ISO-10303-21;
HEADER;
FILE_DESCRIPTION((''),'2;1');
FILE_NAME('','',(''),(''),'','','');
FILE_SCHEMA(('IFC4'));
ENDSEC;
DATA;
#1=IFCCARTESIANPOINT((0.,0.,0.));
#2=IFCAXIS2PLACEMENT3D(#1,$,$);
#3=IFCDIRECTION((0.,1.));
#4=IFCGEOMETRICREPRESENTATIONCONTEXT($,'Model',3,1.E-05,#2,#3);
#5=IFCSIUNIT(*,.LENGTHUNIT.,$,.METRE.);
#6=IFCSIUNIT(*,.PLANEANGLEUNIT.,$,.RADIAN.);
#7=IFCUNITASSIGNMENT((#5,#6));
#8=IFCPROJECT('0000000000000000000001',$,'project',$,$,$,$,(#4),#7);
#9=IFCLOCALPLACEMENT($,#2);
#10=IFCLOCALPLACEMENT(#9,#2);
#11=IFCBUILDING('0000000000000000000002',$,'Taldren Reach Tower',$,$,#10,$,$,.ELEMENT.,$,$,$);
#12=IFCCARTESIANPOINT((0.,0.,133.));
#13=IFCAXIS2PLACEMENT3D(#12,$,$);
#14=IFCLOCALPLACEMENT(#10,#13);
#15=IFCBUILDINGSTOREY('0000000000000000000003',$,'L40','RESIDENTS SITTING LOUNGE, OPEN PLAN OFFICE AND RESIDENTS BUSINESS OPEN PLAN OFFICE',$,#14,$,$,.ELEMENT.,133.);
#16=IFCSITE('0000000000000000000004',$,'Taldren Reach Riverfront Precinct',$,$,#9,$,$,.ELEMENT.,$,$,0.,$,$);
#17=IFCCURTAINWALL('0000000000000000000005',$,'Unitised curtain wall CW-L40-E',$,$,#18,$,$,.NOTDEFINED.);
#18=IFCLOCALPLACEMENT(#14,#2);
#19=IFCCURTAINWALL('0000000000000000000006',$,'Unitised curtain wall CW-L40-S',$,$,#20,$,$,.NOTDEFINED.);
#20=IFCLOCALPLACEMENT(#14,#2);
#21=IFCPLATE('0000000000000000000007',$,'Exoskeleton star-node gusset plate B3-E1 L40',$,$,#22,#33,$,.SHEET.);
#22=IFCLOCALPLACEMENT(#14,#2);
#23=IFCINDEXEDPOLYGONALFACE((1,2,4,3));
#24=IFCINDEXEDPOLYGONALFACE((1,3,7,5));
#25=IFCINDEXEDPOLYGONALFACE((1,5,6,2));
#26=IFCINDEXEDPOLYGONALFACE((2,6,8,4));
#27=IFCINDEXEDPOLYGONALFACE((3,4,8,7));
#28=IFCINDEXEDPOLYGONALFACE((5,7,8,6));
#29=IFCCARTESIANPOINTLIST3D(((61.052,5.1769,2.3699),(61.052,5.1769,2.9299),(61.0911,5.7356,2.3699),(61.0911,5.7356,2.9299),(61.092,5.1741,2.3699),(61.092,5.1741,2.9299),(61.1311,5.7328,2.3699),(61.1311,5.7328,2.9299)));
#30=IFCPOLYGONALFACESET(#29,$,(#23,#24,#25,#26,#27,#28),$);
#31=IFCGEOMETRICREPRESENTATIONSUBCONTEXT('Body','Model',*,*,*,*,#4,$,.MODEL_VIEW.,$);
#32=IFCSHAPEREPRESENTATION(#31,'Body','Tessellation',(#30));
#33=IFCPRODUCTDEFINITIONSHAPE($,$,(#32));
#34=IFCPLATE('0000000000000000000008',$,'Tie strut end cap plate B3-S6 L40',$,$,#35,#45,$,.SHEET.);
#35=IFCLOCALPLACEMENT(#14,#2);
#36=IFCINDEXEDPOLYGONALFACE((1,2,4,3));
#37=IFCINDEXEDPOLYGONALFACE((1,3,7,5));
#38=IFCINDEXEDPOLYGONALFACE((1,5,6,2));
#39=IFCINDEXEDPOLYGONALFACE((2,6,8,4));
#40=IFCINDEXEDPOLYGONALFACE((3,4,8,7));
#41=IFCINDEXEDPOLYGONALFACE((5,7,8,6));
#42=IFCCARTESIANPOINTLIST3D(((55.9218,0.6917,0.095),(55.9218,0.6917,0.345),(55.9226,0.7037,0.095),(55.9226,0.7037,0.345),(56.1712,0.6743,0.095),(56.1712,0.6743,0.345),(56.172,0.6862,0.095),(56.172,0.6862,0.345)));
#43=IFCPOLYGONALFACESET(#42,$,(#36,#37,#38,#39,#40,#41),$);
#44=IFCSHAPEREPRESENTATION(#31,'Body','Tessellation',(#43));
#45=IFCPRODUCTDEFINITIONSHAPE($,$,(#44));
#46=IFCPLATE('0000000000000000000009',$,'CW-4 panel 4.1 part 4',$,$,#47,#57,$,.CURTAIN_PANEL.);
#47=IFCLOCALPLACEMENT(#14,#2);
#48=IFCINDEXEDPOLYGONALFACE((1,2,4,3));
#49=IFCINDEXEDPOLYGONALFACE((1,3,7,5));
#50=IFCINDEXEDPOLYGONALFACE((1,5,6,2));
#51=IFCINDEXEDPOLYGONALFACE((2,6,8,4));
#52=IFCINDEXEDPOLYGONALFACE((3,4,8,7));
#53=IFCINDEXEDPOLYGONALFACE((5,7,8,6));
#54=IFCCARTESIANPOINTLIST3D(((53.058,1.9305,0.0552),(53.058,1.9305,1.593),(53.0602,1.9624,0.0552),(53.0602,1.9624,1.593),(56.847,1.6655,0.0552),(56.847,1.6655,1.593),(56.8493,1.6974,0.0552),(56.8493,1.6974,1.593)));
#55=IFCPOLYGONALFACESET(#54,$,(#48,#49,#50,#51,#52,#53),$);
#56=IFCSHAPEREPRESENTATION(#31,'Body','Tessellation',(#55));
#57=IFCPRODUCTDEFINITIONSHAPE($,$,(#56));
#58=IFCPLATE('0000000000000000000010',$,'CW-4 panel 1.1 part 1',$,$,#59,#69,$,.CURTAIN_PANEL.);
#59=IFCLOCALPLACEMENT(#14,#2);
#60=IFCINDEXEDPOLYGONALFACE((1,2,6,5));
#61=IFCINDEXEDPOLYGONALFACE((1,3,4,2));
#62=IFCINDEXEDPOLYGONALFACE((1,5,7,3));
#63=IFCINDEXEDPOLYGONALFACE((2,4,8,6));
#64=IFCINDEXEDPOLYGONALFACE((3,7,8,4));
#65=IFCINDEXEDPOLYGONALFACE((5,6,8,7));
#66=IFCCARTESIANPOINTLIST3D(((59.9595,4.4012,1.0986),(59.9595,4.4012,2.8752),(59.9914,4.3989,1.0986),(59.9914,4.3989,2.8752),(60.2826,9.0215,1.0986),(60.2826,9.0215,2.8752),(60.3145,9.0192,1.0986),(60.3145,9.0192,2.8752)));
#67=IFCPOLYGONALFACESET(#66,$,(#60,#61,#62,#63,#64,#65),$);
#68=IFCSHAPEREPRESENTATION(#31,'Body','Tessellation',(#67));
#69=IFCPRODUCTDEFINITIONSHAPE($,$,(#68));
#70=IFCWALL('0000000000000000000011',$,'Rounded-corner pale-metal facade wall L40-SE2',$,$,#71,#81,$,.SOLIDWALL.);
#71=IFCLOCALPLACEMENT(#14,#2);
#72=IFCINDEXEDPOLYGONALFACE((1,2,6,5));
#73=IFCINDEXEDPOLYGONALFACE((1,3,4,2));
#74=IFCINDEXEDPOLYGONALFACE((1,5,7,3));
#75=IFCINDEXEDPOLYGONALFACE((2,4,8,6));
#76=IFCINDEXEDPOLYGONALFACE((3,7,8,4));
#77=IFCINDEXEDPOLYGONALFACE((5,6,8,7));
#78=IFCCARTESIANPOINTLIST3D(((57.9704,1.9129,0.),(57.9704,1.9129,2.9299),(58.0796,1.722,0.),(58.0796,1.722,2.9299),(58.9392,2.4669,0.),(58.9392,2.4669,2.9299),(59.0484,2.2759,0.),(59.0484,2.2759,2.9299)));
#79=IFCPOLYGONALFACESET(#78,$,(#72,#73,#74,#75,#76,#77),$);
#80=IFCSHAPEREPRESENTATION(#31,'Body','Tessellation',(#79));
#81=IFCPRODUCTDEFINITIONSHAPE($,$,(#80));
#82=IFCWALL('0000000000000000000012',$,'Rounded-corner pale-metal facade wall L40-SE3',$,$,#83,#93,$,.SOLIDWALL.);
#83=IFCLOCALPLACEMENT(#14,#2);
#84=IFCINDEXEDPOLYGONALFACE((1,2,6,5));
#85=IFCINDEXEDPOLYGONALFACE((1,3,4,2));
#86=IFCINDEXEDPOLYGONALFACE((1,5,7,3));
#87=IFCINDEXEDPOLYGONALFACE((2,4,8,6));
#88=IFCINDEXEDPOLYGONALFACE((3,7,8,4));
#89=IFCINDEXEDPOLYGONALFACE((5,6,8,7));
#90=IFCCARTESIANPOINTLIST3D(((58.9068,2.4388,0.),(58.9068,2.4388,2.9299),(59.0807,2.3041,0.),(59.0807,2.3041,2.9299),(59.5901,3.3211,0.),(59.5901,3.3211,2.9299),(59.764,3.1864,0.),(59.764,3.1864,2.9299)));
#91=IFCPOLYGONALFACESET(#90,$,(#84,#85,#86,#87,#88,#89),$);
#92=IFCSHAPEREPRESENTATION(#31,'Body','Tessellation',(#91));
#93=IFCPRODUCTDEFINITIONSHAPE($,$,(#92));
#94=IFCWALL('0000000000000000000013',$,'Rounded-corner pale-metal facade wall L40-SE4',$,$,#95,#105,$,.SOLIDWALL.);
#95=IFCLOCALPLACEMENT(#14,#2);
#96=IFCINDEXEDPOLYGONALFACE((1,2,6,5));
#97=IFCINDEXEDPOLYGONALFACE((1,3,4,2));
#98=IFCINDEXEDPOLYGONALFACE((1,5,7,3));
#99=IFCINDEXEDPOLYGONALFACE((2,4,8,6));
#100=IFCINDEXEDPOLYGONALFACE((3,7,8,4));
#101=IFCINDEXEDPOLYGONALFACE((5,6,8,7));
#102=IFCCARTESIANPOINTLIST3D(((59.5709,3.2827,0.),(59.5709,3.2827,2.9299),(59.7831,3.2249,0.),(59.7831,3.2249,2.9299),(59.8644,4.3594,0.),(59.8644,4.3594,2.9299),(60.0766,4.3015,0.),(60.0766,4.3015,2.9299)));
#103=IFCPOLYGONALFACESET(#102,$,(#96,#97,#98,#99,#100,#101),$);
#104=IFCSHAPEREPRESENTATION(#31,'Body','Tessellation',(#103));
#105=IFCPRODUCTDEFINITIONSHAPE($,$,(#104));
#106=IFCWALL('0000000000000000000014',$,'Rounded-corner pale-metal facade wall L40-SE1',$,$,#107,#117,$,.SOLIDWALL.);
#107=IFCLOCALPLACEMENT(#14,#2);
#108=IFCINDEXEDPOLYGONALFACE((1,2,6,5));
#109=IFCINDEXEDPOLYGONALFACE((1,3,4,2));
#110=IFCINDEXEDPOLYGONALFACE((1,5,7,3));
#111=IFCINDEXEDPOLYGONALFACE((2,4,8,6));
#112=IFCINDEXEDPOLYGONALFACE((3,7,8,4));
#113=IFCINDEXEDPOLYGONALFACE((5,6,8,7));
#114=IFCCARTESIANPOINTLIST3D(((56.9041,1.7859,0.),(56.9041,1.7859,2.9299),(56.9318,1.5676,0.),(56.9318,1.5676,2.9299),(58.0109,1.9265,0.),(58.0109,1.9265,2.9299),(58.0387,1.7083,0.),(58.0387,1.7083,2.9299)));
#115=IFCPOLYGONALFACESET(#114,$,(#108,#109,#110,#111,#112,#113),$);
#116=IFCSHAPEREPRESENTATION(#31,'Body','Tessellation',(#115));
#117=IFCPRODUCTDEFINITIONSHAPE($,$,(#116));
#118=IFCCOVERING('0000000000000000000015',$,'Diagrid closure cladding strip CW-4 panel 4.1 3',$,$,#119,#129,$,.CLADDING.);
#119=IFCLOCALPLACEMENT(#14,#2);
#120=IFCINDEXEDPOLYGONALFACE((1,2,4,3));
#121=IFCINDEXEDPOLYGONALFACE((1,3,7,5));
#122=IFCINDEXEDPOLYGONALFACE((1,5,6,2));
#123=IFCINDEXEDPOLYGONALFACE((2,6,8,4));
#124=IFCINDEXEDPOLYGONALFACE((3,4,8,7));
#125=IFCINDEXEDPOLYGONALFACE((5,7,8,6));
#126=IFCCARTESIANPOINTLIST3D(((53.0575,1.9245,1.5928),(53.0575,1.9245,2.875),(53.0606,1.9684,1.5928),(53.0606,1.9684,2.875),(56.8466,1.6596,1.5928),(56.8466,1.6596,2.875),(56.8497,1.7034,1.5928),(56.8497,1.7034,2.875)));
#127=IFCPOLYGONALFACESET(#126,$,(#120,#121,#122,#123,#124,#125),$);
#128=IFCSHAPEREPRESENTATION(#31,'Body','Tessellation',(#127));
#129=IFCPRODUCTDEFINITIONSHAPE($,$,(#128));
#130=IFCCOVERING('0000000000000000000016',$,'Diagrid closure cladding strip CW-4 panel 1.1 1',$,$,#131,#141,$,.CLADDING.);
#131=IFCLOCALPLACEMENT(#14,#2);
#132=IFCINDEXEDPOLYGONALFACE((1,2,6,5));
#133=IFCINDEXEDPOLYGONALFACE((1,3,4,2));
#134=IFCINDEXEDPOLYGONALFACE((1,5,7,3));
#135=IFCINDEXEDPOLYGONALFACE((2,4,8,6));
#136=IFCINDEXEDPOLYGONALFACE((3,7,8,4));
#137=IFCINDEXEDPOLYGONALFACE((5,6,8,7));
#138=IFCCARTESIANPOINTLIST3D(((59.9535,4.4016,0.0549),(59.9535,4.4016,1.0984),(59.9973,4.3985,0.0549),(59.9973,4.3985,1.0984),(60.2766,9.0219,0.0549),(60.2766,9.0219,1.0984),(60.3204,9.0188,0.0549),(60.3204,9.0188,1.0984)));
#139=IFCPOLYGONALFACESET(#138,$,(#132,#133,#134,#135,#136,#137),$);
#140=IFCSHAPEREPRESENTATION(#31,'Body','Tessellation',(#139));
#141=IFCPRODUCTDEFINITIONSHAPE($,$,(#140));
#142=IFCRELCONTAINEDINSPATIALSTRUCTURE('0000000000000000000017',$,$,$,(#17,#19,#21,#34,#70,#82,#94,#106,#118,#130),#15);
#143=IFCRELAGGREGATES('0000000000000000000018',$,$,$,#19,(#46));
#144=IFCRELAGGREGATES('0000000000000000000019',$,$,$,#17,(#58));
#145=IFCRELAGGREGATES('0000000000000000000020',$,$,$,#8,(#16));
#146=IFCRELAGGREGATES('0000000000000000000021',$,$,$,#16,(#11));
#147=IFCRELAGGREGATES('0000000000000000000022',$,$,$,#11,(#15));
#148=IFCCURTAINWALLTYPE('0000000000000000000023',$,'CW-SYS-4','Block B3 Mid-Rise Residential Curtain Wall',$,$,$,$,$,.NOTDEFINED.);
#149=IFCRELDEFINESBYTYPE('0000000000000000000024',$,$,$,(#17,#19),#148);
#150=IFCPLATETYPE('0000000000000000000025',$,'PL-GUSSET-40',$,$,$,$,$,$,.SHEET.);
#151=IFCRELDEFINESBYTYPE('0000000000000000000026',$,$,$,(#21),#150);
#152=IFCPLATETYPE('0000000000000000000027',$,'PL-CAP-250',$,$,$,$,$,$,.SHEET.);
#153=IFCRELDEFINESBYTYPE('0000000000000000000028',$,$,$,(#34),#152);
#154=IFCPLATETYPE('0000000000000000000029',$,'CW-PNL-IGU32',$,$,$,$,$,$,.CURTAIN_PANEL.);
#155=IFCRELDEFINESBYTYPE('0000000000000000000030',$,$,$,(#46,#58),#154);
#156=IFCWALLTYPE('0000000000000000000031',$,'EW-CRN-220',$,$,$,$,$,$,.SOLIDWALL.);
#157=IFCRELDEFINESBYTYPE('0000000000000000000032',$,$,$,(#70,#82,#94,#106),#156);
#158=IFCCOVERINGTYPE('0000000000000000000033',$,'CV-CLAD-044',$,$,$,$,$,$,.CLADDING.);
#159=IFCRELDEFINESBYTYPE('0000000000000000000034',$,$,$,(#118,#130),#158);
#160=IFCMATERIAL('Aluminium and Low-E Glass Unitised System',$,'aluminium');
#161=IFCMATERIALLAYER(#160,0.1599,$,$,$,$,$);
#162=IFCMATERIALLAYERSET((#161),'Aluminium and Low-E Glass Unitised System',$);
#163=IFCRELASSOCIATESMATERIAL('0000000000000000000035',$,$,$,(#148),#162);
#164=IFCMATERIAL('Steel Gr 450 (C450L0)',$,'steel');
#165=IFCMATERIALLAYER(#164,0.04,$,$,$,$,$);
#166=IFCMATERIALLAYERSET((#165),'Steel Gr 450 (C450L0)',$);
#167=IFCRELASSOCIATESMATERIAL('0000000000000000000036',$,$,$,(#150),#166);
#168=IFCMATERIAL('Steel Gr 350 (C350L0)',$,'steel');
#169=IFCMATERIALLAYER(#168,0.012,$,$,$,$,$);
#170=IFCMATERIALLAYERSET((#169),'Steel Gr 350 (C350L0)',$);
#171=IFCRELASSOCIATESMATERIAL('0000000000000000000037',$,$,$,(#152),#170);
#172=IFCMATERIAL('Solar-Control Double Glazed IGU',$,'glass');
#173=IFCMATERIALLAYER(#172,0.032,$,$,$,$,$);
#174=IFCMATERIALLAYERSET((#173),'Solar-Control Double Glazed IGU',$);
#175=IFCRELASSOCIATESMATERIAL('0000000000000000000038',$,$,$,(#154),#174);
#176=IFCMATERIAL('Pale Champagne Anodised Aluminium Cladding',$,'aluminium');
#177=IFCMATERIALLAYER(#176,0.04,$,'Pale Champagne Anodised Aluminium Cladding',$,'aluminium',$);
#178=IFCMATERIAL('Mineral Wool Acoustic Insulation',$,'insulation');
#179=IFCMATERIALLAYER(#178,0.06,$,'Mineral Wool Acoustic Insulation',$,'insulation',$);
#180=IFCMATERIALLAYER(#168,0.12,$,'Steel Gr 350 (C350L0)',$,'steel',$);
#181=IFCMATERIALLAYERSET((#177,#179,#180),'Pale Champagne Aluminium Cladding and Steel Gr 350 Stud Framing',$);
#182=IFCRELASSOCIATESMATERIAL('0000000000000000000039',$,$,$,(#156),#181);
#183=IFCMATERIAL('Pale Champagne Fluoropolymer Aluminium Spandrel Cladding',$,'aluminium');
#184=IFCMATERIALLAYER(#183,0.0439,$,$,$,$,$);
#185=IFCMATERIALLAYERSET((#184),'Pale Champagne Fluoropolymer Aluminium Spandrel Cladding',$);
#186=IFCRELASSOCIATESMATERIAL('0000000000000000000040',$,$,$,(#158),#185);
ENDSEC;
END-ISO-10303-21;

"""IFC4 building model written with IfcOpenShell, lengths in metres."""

from ifc_helpers import new_model, si_unit, direction, frame, frame_2d, origin, origin_2d, place, context, subcontext, project, spatial, rectangle, extrude, source, transform, mapped, material, layer, layer_set, type_object, element, aggregate, save


model = new_model("IFC4")

# Units and contexts
model_context = context("Model", 3, precision=1e-05, world=origin(), true_north=direction((0.0, 1.0)))
body_context = subcontext(model_context, "Body", "Model", "MODEL_VIEW")
ifc_project = project(units=[si_unit("LENGTHUNIT", "METRE"), si_unit("PLANEANGLEUNIT", "RADIAN")], contexts=[model_context])

# Site, building, storey
site_placement = place(None, origin())
site = spatial("IfcSite", under=ifc_project, at=site_placement, Name="Taldren Reach Riverfront Precinct", CompositionType="ELEMENT", RefElevation=0.0)
building_placement = place(site_placement, origin())
building = spatial("IfcBuilding", under=site, at=building_placement, Name="Taldren Reach Tower", CompositionType="ELEMENT")
storey_placement = place(building_placement, frame((0.0, 0.0, 133.0)))
storey = spatial("IfcBuildingStorey", under=building, at=storey_placement, Name="L40", Description="RESIDENTS SITTING LOUNGE, OPEN PLAN OFFICE AND RESIDENTS BUSINESS OPEN PLAN OFFICE", CompositionType="ELEMENT", Elevation=133.0)

# Shared definitions
ifc_material_1 = material(Name="Steel Gr 450 (C450L0)", Category="steel")

# Shared definitions
ifc_material_2 = material(Name="Steel Gr 350 (C350L0)", Category="steel")

# Curtain wall
ifc_material_3 = material(Name="Aluminium and Low-E Glass Unitised System", Category="aluminium")
ifc_layer_1 = layer(ifc_material_3, 0.1599)
ifc_layer_set_1 = layer_set([ifc_layer_1], Name="Aluminium and Low-E Glass Unitised System")
curtain_wall_type = type_object("IfcCurtainWallType", Name="CW-SYS-4", Description="Block B3 Mid-Rise Residential Curtain Wall", PredefinedType="NOTDEFINED", material=ifc_layer_set_1)
curtain_wall_1_placement = place(storey_placement, origin())
curtain_wall_1 = element("IfcCurtainWall", 1, at=curtain_wall_1_placement, inside=storey, type_object=curtain_wall_type, Name="Unitised curtain wall CW-L40-E", PredefinedType="NOTDEFINED")

# Curtain wall
curtain_wall_2_placement = place(storey_placement, origin())
curtain_wall_2 = element("IfcCurtainWall", 2, at=curtain_wall_2_placement, inside=storey, type_object=curtain_wall_type, Name="Unitised curtain wall CW-L40-S", PredefinedType="NOTDEFINED")

# Plates
ifc_layer_2 = layer(ifc_material_1, 0.04)
ifc_layer_set_2 = layer_set([ifc_layer_2], Name="Steel Gr 450 (C450L0)")
plate_type_1 = type_object("IfcPlateType", Name="PL-GUSSET-40", PredefinedType="SHEET", material=ifc_layer_set_2)
shared_shape_1 = source(origin(), body_context, "Body", "SweptSolid", [
    extrude(rectangle(XDim=0.5601, YDim=0.04, at=origin_2d()), origin(), (0.0, 0.0, 1.0), 0.5601),
])
for number, where, z_axis, x_axis, name in (
    (3, (61.0916, 5.4548, 2.3699), (0.0, 0.0, 1.0), (0.069756, 0.997564, 0.0), "Exoskeleton star-node gusset plate B3-E1 L40"),
):
    element("IfcPlate", number, at=place(storey_placement, frame(where, z_axis=z_axis, x_axis=x_axis)), inside=storey, type_object=plate_type_1, Name=name, PredefinedType="SHEET", context=body_context, shape_type="MappedRepresentation", body=[
        mapped(shared_shape_1, transform((0.0, 0.0, 0.0), scale=1.0)),
    ])
ifc_layer_3 = layer(ifc_material_2, 0.012)
ifc_layer_set_3 = layer_set([ifc_layer_3], Name="Steel Gr 350 (C350L0)")
plate_type_2 = type_object("IfcPlateType", Name="PL-CAP-250", PredefinedType="SHEET", material=ifc_layer_set_3)
shared_shape_2 = source(origin(), body_context, "Body", "SweptSolid", [
    extrude(rectangle(XDim=0.25, YDim=0.012, at=origin_2d()), origin(), (0.0, 0.0, 1.0), 0.25),
])
plate_1_placement = place(storey_placement, frame((56.0469, 0.689, 0.095), z_axis=(0.0, 0.0, 1.0), x_axis=(0.997564, -0.069756, 0.0)))
element("IfcPlate", 4, at=plate_1_placement, inside=storey, type_object=plate_type_2, Name="Tie strut end cap plate B3-S6 L40", PredefinedType="SHEET", context=body_context, shape_type="MappedRepresentation", body=[
    mapped(shared_shape_2, transform((0.0, 0.0, 0.0), scale=1.0)),
])

# Plates
ifc_material_4 = material(Name="Solar-Control Double Glazed IGU", Category="glass")
ifc_layer_4 = layer(ifc_material_4, 0.032)
ifc_layer_set_4 = layer_set([ifc_layer_4], Name="Solar-Control Double Glazed IGU")
plate_type_3 = type_object("IfcPlateType", Name="CW-PNL-IGU32", PredefinedType="CURTAIN_PANEL", material=ifc_layer_set_4)
shared_shape_3 = source(origin(), body_context, "Body", "SweptSolid", [
    extrude(rectangle(XDim=3.7983, YDim=0.032, at=origin_2d()), origin(), (0.0, 0.0, 1.0), 1.5378),
])
plate_2_placement = place(storey_placement, frame((54.9536, 1.814, 0.0552), z_axis=(0.0, 0.0, 1.0), x_axis=(0.997564, -0.069757, 0.0)))
plate_2 = element("IfcPlate", 5, at=plate_2_placement, type_object=plate_type_3, Name="CW-4 panel 4.1 part 4", PredefinedType="CURTAIN_PANEL", context=body_context, shape_type="MappedRepresentation", body=[
    mapped(shared_shape_3, transform((0.0, 0.0, 0.0), scale=1.0)),
])
aggregate(curtain_wall_2, [plate_2])
shared_shape_4 = source(origin(), body_context, "Body", "SweptSolid", [
    extrude(rectangle(XDim=4.6316, YDim=0.032, at=origin_2d()), origin(), (0.0, 0.0, 1.0), 1.7766),
])
plate_3_placement = place(storey_placement, frame((60.137, 6.7102, 1.0986), z_axis=(0.0, 0.0, 1.0), x_axis=(0.069756, 0.997564, 0.0)))
plate_3 = element("IfcPlate", 6, at=plate_3_placement, type_object=plate_type_3, Name="CW-4 panel 1.1 part 1", PredefinedType="CURTAIN_PANEL", context=body_context, shape_type="MappedRepresentation", body=[
    mapped(shared_shape_4, transform((0.0, 0.0, 0.0), scale=1.0)),
])
aggregate(curtain_wall_1, [plate_3])

# Walls
ifc_material_5 = material(Name="Pale Champagne Anodised Aluminium Cladding", Category="aluminium")
ifc_layer_5 = layer(ifc_material_5, 0.04, Name="Pale Champagne Anodised Aluminium Cladding", Category="aluminium")
ifc_material_6 = material(Name="Mineral Wool Acoustic Insulation", Category="insulation")
ifc_layer_6 = layer(ifc_material_6, 0.06, Name="Mineral Wool Acoustic Insulation", Category="insulation")
ifc_layer_7 = layer(ifc_material_2, 0.12, Name="Steel Gr 350 (C350L0)", Category="steel")
ifc_layer_set_5 = layer_set([ifc_layer_5, ifc_layer_6, ifc_layer_7], Name="Pale Champagne Aluminium Cladding and Steel Gr 350 Stud Framing")
wall_type = type_object("IfcWallType", Name="EW-CRN-220", PredefinedType="SOLIDWALL", material=ifc_layer_set_5)
shared_shape_5 = source(origin(), body_context, "Body", "SweptSolid", [
    extrude(rectangle(XDim=1.116, YDim=0.22, at=frame_2d((0.5581, 0.0))), origin(), (0.0, 0.0, 1.0), 2.9299),
])
for number, where, z_axis, x_axis, name in (
    (7, (58.0249, 1.8174, 0.0), (0.0, 0.0, 1.0), (0.868095, 0.496398, 0.0), "Rounded-corner pale-metal facade wall L40-SE2"),
    (8, (58.9937, 2.3713, 0.0), (0.0, 0.0, 1.0), (0.612319, 0.790611, 0.0), "Rounded-corner pale-metal facade wall L40-SE3"),
    (9, (59.677, 3.2537, 0.0), (0.0, 0.0, 1.0), (0.262969, 0.964804, 0.0), "Rounded-corner pale-metal facade wall L40-SE4"),
):
    element("IfcWall", number, at=place(storey_placement, frame(where, z_axis=z_axis, x_axis=x_axis)), inside=storey, type_object=wall_type, Name=name, PredefinedType="SOLIDWALL", context=body_context, shape_type="MappedRepresentation", body=[
        mapped(shared_shape_5, transform((0.0, 0.0, 0.0), scale=1.0)),
    ])
shared_shape_6 = source(origin(), body_context, "Body", "SweptSolid", [
    extrude(rectangle(XDim=1.1157, YDim=0.22, at=frame_2d((0.5579, 0.0))), origin(), (0.0, 0.0, 1.0), 2.9299),
])
wall_placement = place(storey_placement, frame((56.918, 1.6768, 0.0), z_axis=(0.0, 0.0, 1.0), x_axis=(0.992027, 0.126027, 0.0)))
element("IfcWall", 10, at=wall_placement, inside=storey, type_object=wall_type, Name="Rounded-corner pale-metal facade wall L40-SE1", PredefinedType="SOLIDWALL", context=body_context, shape_type="MappedRepresentation", body=[
    mapped(shared_shape_6, transform((0.0, 0.0, 0.0), scale=1.0)),
])

# Coverings
ifc_material_7 = material(Name="Pale Champagne Fluoropolymer Aluminium Spandrel Cladding", Category="aluminium")
ifc_layer_8 = layer(ifc_material_7, 0.0439)
ifc_layer_set_6 = layer_set([ifc_layer_8], Name="Pale Champagne Fluoropolymer Aluminium Spandrel Cladding")
covering_type = type_object("IfcCoveringType", Name="CV-CLAD-044", PredefinedType="CLADDING", material=ifc_layer_set_6)
shared_shape_7 = source(origin(), body_context, "Body", "SweptSolid", [
    extrude(rectangle(XDim=3.7983, YDim=0.0439, at=origin_2d()), origin(), (0.0, 0.0, 1.0), 1.2822),
])
covering_1_placement = place(storey_placement, frame((54.9536, 1.814, 1.5928), z_axis=(0.0, 0.0, 1.0), x_axis=(0.997564, -0.069757, 0.0)))
element("IfcCovering", 11, at=covering_1_placement, inside=storey, type_object=covering_type, Name="Diagrid closure cladding strip CW-4 panel 4.1 3", PredefinedType="CLADDING", context=body_context, shape_type="MappedRepresentation", body=[
    mapped(shared_shape_7, transform((0.0, 0.0, 0.0), scale=1.0)),
])
shared_shape_8 = source(origin(), body_context, "Body", "SweptSolid", [
    extrude(rectangle(XDim=4.6316, YDim=0.0439, at=origin_2d()), origin(), (0.0, 0.0, 1.0), 1.0435),
])
covering_2_placement = place(storey_placement, frame((60.137, 6.7102, 0.0549), z_axis=(0.0, 0.0, 1.0), x_axis=(0.069756, 0.997564, 0.0)))
element("IfcCovering", 12, at=covering_2_placement, inside=storey, type_object=covering_type, Name="Diagrid closure cladding strip CW-4 panel 1.1 1", PredefinedType="CLADDING", context=body_context, shape_type="MappedRepresentation", body=[
    mapped(shared_shape_8, transform((0.0, 0.0, 0.0), scale=1.0)),
])

save(model, "model.ifc")
